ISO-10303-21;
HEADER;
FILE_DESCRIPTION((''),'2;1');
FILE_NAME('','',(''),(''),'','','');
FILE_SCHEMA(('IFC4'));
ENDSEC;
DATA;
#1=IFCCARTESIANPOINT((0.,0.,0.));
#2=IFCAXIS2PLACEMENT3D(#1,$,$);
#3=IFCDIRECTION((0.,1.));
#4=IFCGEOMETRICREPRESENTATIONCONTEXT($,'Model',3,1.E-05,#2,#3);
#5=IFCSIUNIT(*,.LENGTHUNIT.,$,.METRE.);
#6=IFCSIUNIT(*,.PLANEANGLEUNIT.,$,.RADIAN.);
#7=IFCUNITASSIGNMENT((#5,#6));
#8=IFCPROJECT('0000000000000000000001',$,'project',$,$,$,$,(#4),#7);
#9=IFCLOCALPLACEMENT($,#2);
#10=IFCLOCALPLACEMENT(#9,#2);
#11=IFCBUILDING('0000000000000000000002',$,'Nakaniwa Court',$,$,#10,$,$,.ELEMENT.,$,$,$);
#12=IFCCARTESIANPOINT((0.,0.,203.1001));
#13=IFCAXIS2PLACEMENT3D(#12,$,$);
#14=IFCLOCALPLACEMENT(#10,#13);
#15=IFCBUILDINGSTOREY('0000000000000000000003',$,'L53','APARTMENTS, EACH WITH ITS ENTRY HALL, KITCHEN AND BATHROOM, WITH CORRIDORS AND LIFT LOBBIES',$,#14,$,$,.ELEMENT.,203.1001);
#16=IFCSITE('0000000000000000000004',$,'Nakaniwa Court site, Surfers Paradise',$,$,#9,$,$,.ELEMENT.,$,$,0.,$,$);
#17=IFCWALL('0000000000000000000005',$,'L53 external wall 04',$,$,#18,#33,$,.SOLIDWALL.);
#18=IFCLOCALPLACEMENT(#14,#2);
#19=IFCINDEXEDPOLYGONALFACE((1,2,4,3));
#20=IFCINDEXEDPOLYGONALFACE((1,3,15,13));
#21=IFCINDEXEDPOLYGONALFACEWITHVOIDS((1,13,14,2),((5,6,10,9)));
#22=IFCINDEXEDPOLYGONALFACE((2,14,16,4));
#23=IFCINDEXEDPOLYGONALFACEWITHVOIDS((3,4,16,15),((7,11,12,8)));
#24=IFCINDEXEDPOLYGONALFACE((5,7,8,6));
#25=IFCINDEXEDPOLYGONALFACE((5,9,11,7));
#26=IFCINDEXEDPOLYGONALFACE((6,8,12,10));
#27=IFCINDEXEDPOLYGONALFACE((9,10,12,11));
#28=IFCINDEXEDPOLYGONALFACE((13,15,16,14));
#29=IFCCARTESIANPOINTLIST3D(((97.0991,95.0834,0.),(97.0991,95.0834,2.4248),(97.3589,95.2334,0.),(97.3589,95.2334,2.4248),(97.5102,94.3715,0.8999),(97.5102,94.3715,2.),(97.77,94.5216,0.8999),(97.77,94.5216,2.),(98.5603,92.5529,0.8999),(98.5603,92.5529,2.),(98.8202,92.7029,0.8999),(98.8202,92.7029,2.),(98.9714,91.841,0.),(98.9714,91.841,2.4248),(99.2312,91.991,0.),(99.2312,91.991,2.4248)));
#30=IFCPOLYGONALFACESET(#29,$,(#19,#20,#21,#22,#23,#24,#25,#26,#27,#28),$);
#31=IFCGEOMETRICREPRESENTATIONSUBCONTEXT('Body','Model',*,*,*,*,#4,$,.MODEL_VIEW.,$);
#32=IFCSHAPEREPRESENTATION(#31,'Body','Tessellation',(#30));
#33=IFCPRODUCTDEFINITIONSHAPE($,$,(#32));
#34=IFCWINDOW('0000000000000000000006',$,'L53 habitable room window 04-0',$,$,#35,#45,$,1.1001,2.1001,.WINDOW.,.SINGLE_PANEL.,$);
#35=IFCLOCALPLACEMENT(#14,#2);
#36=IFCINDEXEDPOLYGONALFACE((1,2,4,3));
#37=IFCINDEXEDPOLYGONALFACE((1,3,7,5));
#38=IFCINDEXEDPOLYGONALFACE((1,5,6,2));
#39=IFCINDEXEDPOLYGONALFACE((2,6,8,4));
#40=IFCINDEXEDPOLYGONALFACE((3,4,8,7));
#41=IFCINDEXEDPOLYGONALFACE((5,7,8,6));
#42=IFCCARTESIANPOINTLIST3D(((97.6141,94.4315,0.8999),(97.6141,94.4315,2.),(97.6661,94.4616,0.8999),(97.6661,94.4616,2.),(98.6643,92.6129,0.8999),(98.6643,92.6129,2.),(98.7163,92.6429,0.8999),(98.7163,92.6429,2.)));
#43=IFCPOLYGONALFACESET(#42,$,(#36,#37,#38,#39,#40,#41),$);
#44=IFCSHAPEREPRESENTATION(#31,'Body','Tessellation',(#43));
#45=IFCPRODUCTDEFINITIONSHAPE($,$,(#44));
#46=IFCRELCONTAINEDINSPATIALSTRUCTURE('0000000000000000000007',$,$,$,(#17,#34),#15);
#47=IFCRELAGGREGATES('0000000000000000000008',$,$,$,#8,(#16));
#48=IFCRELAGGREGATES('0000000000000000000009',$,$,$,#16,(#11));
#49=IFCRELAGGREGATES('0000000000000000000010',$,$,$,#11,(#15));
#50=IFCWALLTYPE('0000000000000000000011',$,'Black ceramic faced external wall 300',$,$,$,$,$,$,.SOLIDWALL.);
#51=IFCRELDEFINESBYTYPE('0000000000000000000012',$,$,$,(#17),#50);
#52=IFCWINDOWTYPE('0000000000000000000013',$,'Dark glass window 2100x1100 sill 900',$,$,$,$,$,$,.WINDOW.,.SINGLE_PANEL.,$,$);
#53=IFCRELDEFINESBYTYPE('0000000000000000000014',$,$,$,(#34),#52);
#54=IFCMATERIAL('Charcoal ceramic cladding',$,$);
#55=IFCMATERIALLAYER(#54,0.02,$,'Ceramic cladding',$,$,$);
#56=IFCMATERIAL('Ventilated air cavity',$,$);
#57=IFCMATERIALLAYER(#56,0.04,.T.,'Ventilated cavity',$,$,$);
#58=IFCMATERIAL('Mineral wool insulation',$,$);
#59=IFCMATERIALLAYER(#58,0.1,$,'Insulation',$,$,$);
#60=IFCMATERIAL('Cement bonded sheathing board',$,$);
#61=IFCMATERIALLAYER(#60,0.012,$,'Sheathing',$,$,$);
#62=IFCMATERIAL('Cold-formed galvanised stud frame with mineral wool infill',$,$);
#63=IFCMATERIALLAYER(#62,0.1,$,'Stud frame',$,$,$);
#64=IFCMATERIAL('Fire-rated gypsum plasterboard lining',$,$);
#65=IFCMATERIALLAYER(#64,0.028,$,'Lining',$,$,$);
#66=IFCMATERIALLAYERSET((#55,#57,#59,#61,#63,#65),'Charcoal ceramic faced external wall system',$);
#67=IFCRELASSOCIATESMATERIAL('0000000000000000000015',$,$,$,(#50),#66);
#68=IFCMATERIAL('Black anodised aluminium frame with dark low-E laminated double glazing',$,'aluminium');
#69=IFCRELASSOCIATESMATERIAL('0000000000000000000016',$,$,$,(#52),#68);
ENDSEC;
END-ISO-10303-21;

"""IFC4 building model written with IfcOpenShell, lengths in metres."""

from ifc_helpers import new_model, si_unit, direction, frame, frame_2d, origin, place, context, subcontext, project, spatial, rectangle, extrude, material, layer, layer_set, type_object, element, fill, save


model = new_model("IFC4")

# Units and contexts
model_context = context("Model", 3, precision=1e-05, world=origin(), true_north=direction((0.0, 1.0)))
body_context = subcontext(model_context, "Body", "Model", "MODEL_VIEW")
ifc_project = project(units=[si_unit("LENGTHUNIT", "METRE"), si_unit("PLANEANGLEUNIT", "RADIAN")], contexts=[model_context])

# Site, building, storey
site_placement = place(None, origin())
site = spatial("IfcSite", under=ifc_project, at=site_placement, Name="Nakaniwa Court site, Surfers Paradise", CompositionType="ELEMENT", RefElevation=0.0)
building_placement = place(site_placement, origin())
building = spatial("IfcBuilding", under=site, at=building_placement, Name="Nakaniwa Court", CompositionType="ELEMENT")
storey_placement = place(building_placement, frame((0.0, 0.0, 203.1001)))
storey = spatial("IfcBuildingStorey", under=building, at=storey_placement, Name="L53", Description="APARTMENTS, EACH WITH ITS ENTRY HALL, KITCHEN AND BATHROOM, WITH CORRIDORS AND LIFT LOBBIES", CompositionType="ELEMENT", Elevation=203.1001)

# Wall, opening, window
ifc_material_1 = material(Name="Charcoal ceramic cladding")
ifc_layer_1 = layer(ifc_material_1, 0.02, Name="Ceramic cladding")
ifc_material_2 = material(Name="Ventilated air cavity")
ifc_layer_2 = layer(ifc_material_2, 0.04, ventilated=True, Name="Ventilated cavity")
ifc_material_3 = material(Name="Mineral wool insulation")
ifc_layer_3 = layer(ifc_material_3, 0.1, Name="Insulation")
ifc_material_4 = material(Name="Cement bonded sheathing board")
ifc_layer_4 = layer(ifc_material_4, 0.012, Name="Sheathing")
ifc_material_5 = material(Name="Cold-formed galvanised stud frame with mineral wool infill")
ifc_layer_5 = layer(ifc_material_5, 0.1, Name="Stud frame")
ifc_material_6 = material(Name="Fire-rated gypsum plasterboard lining")
ifc_layer_6 = layer(ifc_material_6, 0.028, Name="Lining")
ifc_layer_set_1 = layer_set([ifc_layer_1, ifc_layer_2, ifc_layer_3, ifc_layer_4, ifc_layer_5, ifc_layer_6], Name="Charcoal ceramic faced external wall system")
wall_type_1 = type_object("IfcWallType", Name="Black ceramic faced external wall 300", PredefinedType="SOLIDWALL", material=ifc_layer_set_1)
wall_1_placement = place(storey_placement, frame((99.1013, 91.916, 0.0), z_axis=(0.0, 0.0, 1.0), x_axis=(-0.500059, 0.865991, 0.0)))
wall_1 = element("IfcWall", 1, at=wall_1_placement, inside=storey, type_object=wall_type_1, Name="L53 external wall 04", PredefinedType="SOLIDWALL", context=body_context, shape_type="SweptSolid", body=[
    extrude(rectangle(XDim=3.7441, YDim=0.3, at=frame_2d((1.8721, 0.0))), origin(), (0.0, 0.0, 1.0), 2.4248),
])
opening_1_placement = place(wall_1_placement, frame((0.822, 0.0, 0.8999)))
opening_1 = element("IfcOpeningElement", 2, at=opening_1_placement, cuts=wall_1, PredefinedType="OPENING", context=body_context, shape_type="SweptSolid", body=[
    extrude(rectangle(XDim=2.1001, YDim=1.1001, at=frame_2d((1.05, 0.55))), frame((0.0, 0.1599, 0.0), z_axis=(0.0, -1.0, 0.0), x_axis=(1.0, 0.0, 0.0)), (0.0, 0.0, 1.0), 0.3201),
])
ifc_material_7 = material(Name="Black anodised aluminium frame with dark low-E laminated double glazing", Category="aluminium")
window_type = type_object("IfcWindowType", Name="Dark glass window 2100x1100 sill 900", PartitioningType="SINGLE_PANEL", PredefinedType="WINDOW", material=ifc_material_7)
window_placement = place(opening_1_placement, origin())
window = element("IfcWindow", 3, at=window_placement, inside=storey, type_object=window_type, Name="L53 habitable room window 04-0", OverallHeight=1.1001, OverallWidth=2.1001, PartitioningType="SINGLE_PANEL", PredefinedType="WINDOW", context=body_context, shape_type="SweptSolid", body=[
    extrude(rectangle(XDim=2.1001, YDim=1.1001, at=frame_2d((1.05, 0.55))), frame((0.0, 0.03, 0.0), z_axis=(0.0, -1.0, 0.0), x_axis=(1.0, 0.0, 0.0)), (0.0, 0.0, 1.0), 0.0601),
])
fill(opening_1, window)

save(model, "model.ifc")
